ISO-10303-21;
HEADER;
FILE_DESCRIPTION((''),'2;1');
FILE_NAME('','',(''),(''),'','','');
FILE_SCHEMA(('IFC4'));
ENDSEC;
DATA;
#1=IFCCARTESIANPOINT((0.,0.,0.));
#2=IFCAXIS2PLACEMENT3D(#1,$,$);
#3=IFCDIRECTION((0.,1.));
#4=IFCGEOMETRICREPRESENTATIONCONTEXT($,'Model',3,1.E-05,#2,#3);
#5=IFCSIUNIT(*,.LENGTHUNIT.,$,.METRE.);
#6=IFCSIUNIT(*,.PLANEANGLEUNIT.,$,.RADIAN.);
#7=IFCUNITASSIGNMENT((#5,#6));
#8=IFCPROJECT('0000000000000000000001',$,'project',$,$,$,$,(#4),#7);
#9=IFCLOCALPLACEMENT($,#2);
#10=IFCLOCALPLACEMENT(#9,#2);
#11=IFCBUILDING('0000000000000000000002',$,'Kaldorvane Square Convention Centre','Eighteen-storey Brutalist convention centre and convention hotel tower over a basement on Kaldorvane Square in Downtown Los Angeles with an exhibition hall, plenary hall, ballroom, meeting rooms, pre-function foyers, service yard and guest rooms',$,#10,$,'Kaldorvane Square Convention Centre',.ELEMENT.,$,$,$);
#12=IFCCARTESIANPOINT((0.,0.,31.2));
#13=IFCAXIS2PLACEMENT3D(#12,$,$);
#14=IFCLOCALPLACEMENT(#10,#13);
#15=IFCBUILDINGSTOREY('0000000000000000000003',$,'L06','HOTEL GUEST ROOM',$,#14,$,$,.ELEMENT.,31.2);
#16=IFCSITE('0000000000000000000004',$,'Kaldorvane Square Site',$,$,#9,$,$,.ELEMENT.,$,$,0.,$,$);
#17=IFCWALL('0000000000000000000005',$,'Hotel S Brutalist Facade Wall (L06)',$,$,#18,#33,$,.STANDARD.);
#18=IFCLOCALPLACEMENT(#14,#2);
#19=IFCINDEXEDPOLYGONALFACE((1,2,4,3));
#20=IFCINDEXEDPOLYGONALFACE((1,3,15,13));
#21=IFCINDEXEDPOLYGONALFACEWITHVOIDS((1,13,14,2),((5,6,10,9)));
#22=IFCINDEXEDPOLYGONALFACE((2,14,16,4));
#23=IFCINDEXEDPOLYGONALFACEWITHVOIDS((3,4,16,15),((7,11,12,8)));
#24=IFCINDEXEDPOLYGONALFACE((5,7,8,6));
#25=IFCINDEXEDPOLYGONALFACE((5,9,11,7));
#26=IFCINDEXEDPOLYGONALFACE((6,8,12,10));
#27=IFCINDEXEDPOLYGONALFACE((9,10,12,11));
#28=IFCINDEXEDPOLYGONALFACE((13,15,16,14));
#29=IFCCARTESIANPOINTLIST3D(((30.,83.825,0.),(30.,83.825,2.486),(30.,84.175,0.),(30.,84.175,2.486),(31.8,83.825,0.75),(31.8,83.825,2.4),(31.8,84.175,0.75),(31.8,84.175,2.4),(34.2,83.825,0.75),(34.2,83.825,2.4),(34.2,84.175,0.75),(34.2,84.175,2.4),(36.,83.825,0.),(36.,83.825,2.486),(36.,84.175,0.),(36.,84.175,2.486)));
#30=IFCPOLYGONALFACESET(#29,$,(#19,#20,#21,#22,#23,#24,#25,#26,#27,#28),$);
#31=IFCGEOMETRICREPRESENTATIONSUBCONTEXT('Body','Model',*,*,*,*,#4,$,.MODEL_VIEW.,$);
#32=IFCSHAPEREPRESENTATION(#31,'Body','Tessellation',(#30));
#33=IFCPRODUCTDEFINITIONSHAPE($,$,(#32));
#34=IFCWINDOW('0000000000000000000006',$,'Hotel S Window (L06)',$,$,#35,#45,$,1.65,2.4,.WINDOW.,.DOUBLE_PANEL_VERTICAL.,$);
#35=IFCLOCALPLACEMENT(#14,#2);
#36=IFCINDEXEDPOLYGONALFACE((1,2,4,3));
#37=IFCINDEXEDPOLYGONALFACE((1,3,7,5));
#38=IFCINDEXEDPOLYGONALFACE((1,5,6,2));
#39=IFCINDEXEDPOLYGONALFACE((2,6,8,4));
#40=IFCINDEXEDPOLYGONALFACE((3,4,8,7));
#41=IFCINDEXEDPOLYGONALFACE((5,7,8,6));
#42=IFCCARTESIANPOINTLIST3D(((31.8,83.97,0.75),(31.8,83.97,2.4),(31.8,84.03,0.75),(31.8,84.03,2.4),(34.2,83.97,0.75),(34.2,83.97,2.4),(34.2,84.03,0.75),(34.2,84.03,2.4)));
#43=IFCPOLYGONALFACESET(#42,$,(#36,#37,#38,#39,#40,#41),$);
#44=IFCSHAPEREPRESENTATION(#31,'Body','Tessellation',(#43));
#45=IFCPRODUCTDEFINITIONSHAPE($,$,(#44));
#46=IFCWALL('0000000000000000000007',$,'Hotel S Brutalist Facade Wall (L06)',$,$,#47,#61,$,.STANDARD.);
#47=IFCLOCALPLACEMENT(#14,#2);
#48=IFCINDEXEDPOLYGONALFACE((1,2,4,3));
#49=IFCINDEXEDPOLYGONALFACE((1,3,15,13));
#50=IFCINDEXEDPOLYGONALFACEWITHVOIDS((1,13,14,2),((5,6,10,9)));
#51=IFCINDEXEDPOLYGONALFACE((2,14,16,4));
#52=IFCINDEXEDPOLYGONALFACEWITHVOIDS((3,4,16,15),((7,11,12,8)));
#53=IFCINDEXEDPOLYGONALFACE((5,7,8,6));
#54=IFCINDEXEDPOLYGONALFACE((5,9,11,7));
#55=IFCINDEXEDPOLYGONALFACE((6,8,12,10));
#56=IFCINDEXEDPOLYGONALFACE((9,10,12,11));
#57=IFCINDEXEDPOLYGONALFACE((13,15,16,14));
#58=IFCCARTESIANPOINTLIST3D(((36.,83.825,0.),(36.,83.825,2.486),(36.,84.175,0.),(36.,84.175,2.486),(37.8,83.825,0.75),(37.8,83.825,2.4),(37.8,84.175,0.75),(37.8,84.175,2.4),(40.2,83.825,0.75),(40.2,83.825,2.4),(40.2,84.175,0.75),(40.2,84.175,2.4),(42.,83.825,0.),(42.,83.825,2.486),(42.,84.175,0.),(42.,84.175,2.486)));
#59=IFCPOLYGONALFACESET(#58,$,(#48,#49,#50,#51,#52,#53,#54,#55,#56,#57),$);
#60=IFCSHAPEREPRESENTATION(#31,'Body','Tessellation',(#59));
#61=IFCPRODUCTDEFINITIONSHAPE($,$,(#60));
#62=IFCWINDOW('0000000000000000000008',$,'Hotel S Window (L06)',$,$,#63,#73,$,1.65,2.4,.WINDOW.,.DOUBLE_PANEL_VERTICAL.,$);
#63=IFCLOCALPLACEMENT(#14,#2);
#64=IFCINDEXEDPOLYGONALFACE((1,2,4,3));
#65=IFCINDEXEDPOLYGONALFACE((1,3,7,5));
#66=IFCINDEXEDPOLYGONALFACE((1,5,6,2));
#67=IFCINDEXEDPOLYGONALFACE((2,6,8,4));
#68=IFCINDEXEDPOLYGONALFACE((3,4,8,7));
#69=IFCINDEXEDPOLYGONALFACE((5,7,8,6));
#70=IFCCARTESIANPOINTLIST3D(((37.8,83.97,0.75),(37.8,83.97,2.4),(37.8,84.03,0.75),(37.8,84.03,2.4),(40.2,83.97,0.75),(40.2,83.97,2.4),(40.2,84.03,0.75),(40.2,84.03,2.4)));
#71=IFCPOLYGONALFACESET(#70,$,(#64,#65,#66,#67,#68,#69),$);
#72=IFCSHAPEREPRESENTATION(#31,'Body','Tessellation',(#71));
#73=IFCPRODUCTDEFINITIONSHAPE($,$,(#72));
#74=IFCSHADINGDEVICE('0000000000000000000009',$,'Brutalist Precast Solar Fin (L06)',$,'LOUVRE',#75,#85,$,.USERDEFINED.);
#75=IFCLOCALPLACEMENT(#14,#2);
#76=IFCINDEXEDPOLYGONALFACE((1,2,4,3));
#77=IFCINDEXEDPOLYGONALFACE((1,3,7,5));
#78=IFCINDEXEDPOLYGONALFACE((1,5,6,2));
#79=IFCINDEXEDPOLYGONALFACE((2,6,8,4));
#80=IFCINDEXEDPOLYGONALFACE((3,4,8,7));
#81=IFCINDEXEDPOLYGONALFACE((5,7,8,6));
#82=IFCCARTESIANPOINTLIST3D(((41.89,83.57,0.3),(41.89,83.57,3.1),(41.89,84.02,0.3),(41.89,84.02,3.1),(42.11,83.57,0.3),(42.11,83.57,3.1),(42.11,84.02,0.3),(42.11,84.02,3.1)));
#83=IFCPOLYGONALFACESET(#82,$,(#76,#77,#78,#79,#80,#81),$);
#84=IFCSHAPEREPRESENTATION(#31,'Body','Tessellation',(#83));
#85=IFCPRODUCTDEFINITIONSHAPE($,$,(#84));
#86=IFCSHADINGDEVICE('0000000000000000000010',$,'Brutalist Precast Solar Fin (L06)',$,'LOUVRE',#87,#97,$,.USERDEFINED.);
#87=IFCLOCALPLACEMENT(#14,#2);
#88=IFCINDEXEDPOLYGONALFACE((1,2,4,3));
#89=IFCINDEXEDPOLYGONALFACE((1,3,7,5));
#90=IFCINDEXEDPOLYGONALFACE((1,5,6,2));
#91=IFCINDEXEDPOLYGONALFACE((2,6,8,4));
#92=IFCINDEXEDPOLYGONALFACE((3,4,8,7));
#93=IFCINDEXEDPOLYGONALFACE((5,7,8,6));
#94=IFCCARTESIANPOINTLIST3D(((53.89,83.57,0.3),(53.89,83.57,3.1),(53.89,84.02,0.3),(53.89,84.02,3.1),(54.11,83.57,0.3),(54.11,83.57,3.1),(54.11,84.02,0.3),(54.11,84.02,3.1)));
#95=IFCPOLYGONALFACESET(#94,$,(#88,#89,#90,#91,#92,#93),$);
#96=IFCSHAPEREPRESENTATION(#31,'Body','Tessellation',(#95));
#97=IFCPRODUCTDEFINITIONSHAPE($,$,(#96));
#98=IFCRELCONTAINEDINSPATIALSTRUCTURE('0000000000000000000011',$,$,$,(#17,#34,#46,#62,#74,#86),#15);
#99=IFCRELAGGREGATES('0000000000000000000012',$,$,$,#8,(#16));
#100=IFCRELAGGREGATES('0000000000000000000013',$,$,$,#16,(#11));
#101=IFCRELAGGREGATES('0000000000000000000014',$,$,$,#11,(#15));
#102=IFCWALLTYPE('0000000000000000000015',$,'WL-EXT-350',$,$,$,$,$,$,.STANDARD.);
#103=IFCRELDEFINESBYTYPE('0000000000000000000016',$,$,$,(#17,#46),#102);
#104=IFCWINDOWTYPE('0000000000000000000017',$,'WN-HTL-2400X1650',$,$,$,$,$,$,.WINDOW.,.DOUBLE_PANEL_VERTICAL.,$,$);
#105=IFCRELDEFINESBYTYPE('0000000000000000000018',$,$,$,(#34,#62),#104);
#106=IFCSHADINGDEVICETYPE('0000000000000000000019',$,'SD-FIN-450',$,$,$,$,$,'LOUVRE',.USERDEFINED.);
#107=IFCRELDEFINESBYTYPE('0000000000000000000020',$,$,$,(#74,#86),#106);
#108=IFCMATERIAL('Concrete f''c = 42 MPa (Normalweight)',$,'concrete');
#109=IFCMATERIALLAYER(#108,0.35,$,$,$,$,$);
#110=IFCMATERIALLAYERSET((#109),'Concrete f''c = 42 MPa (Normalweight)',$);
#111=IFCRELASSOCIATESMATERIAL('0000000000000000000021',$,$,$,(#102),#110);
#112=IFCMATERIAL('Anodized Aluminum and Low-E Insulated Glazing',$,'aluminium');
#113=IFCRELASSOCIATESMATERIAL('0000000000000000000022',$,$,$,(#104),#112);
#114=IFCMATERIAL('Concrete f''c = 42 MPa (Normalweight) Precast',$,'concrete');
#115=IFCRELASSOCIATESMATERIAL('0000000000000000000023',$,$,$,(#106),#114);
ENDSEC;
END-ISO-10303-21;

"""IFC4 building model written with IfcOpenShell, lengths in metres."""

from ifc_helpers import new_model, si_unit, direction, frame, frame_2d, origin, origin_2d, place, context, subcontext, project, spatial, rectangle, extrude, material, layer, layer_set, type_object, element, fill, save


model = new_model("IFC4")

# Units and contexts
model_context = context("Model", 3, precision=1e-05, world=origin(), true_north=direction((0.0, 1.0)))
body_context = subcontext(model_context, "Body", "Model", "MODEL_VIEW")
ifc_project = project(units=[si_unit("LENGTHUNIT", "METRE"), si_unit("PLANEANGLEUNIT", "RADIAN")], contexts=[model_context])

# Site, building, storey
site_placement = place(None, origin())
site = spatial("IfcSite", under=ifc_project, at=site_placement, Name="Kaldorvane Square Site", CompositionType="ELEMENT", RefElevation=0.0)
building_placement = place(site_placement, origin())
building = spatial("IfcBuilding", under=site, at=building_placement, Name="Kaldorvane Square Convention Centre", Description="Eighteen-storey Brutalist convention centre and convention hotel tower over a basement on Kaldorvane Square in Downtown Los Angeles with an exhibition hall, plenary hall, ballroom, meeting rooms, pre-function foyers, service yard and guest rooms", LongName="Kaldorvane Square Convention Centre", CompositionType="ELEMENT")
storey_placement = place(building_placement, frame((0.0, 0.0, 31.2)))
storey = spatial("IfcBuildingStorey", under=building, at=storey_placement, Name="L06", Description="HOTEL GUEST ROOM", CompositionType="ELEMENT", Elevation=31.2)

# Shared definitions
ifc_material_1 = material(Name="Concrete f'c = 42 MPa (Normalweight)", Category="concrete")

# Walls, openings, windows
ifc_layer_1 = layer(ifc_material_1, 0.35)
ifc_layer_set_1 = layer_set([ifc_layer_1], Name="Concrete f'c = 42 MPa (Normalweight)")
wall_type = type_object("IfcWallType", Name="WL-EXT-350", PredefinedType="STANDARD", material=ifc_layer_set_1)
ifc_material_2 = material(Name="Anodized Aluminum and Low-E Insulated Glazing", Category="aluminium")
window_type = type_object("IfcWindowType", Name="WN-HTL-2400X1650", PartitioningType="DOUBLE_PANEL_VERTICAL", PredefinedType="WINDOW", material=ifc_material_2)
wall_1_placement = place(storey_placement, frame((30.0, 84.0, 0.0), z_axis=(0.0, 0.0, 1.0), x_axis=(1.0, 0.0, 0.0)))
wall_1 = element("IfcWall", 1, at=wall_1_placement, inside=storey, type_object=wall_type, Name="Hotel S Brutalist Facade Wall (L06)", PredefinedType="STANDARD", context=body_context, shape_type="SweptSolid", body=[
    extrude(rectangle(XDim=6.0, YDim=0.35, at=frame_2d((3.0, 0.0))), origin(), (0.0, 0.0, 1.0), 2.486),
])
opening_1_placement = place(wall_1_placement, frame((1.8, 0.0, 0.75)))
opening_1 = element("IfcOpeningElement", 2, at=opening_1_placement, cuts=wall_1, PredefinedType="OPENING", context=body_context, shape_type="SweptSolid", body=[
    extrude(rectangle(XDim=2.4, YDim=1.65, at=frame_2d((1.2, 0.825))), frame((0.0, 0.19, 0.0), z_axis=(0.0, -1.0, 0.0), x_axis=(1.0, 0.0, 0.0)), (0.0, 0.0, 1.0), 0.38),
])
window_1_placement = place(opening_1_placement, origin())
window_1 = element("IfcWindow", 3, at=window_1_placement, inside=storey, type_object=window_type, Name="Hotel S Window (L06)", OverallHeight=1.65, OverallWidth=2.4, PartitioningType="DOUBLE_PANEL_VERTICAL", PredefinedType="WINDOW", context=body_context, shape_type="SweptSolid", body=[
    extrude(rectangle(XDim=2.4, YDim=1.65, at=frame_2d((1.2, 0.825))), frame((0.0, 0.03, 0.0), z_axis=(0.0, -1.0, 0.0), x_axis=(1.0, 0.0, 0.0)), (0.0, 0.0, 1.0), 0.06),
])
fill(opening_1, window_1)
wall_2_placement = place(storey_placement, frame((36.0, 84.0, 0.0), z_axis=(0.0, 0.0, 1.0), x_axis=(1.0, 0.0, 0.0)))
wall_2 = element("IfcWall", 4, at=wall_2_placement, inside=storey, type_object=wall_type, Name="Hotel S Brutalist Facade Wall (L06)", PredefinedType="STANDARD", context=body_context, shape_type="SweptSolid", body=[
    extrude(rectangle(XDim=6.0, YDim=0.35, at=frame_2d((3.0, 0.0))), origin(), (0.0, 0.0, 1.0), 2.486),
])
opening_2_placement = place(wall_2_placement, frame((1.8, 0.0, 0.75)))
opening_2 = element("IfcOpeningElement", 5, at=opening_2_placement, cuts=wall_2, PredefinedType="OPENING", context=body_context, shape_type="SweptSolid", body=[
    extrude(rectangle(XDim=2.4, YDim=1.65, at=frame_2d((1.2, 0.825))), frame((0.0, 0.19, 0.0), z_axis=(0.0, -1.0, 0.0), x_axis=(1.0, 0.0, 0.0)), (0.0, 0.0, 1.0), 0.38),
])
window_2_placement = place(opening_2_placement, origin())
window_2 = element("IfcWindow", 6, at=window_2_placement, inside=storey, type_object=window_type, Name="Hotel S Window (L06)", OverallHeight=1.65, OverallWidth=2.4, PartitioningType="DOUBLE_PANEL_VERTICAL", PredefinedType="WINDOW", context=body_context, shape_type="SweptSolid", body=[
    extrude(rectangle(XDim=2.4, YDim=1.65, at=frame_2d((1.2, 0.825))), frame((0.0, 0.03, 0.0), z_axis=(0.0, -1.0, 0.0), x_axis=(1.0, 0.0, 0.0)), (0.0, 0.0, 1.0), 0.06),
])
fill(opening_2, window_2)

# Shading devices
ifc_material_3 = material(Name="Concrete f'c = 42 MPa (Normalweight) Precast", Category="concrete")
shading_device_type = type_object("IfcShadingDeviceType", Name="SD-FIN-450", ElementType="LOUVRE", PredefinedType="USERDEFINED", material=ifc_material_3)
for number, where, z_axis, x_axis, name in (
    (7, (42.0, 83.795, 0.3), (0.0, 0.0, 1.0), (1.0, 0.0, 0.0), "Brutalist Precast Solar Fin (L06)"),
    (8, (54.0, 83.795, 0.3), (0.0, 0.0, 1.0), (1.0, 0.0, 0.0), "Brutalist Precast Solar Fin (L06)"),
):
    element("IfcShadingDevice", number, at=place(storey_placement, frame(where, z_axis=z_axis, x_axis=x_axis)), inside=storey, type_object=shading_device_type, Name=name, ObjectType="LOUVRE", PredefinedType="USERDEFINED", context=body_context, shape_type="SweptSolid", body=[
        extrude(rectangle(XDim=0.22, YDim=0.45, at=origin_2d()), origin(), (0.0, 0.0, 1.0), 2.8),
    ])

save(model, "model.ifc")
